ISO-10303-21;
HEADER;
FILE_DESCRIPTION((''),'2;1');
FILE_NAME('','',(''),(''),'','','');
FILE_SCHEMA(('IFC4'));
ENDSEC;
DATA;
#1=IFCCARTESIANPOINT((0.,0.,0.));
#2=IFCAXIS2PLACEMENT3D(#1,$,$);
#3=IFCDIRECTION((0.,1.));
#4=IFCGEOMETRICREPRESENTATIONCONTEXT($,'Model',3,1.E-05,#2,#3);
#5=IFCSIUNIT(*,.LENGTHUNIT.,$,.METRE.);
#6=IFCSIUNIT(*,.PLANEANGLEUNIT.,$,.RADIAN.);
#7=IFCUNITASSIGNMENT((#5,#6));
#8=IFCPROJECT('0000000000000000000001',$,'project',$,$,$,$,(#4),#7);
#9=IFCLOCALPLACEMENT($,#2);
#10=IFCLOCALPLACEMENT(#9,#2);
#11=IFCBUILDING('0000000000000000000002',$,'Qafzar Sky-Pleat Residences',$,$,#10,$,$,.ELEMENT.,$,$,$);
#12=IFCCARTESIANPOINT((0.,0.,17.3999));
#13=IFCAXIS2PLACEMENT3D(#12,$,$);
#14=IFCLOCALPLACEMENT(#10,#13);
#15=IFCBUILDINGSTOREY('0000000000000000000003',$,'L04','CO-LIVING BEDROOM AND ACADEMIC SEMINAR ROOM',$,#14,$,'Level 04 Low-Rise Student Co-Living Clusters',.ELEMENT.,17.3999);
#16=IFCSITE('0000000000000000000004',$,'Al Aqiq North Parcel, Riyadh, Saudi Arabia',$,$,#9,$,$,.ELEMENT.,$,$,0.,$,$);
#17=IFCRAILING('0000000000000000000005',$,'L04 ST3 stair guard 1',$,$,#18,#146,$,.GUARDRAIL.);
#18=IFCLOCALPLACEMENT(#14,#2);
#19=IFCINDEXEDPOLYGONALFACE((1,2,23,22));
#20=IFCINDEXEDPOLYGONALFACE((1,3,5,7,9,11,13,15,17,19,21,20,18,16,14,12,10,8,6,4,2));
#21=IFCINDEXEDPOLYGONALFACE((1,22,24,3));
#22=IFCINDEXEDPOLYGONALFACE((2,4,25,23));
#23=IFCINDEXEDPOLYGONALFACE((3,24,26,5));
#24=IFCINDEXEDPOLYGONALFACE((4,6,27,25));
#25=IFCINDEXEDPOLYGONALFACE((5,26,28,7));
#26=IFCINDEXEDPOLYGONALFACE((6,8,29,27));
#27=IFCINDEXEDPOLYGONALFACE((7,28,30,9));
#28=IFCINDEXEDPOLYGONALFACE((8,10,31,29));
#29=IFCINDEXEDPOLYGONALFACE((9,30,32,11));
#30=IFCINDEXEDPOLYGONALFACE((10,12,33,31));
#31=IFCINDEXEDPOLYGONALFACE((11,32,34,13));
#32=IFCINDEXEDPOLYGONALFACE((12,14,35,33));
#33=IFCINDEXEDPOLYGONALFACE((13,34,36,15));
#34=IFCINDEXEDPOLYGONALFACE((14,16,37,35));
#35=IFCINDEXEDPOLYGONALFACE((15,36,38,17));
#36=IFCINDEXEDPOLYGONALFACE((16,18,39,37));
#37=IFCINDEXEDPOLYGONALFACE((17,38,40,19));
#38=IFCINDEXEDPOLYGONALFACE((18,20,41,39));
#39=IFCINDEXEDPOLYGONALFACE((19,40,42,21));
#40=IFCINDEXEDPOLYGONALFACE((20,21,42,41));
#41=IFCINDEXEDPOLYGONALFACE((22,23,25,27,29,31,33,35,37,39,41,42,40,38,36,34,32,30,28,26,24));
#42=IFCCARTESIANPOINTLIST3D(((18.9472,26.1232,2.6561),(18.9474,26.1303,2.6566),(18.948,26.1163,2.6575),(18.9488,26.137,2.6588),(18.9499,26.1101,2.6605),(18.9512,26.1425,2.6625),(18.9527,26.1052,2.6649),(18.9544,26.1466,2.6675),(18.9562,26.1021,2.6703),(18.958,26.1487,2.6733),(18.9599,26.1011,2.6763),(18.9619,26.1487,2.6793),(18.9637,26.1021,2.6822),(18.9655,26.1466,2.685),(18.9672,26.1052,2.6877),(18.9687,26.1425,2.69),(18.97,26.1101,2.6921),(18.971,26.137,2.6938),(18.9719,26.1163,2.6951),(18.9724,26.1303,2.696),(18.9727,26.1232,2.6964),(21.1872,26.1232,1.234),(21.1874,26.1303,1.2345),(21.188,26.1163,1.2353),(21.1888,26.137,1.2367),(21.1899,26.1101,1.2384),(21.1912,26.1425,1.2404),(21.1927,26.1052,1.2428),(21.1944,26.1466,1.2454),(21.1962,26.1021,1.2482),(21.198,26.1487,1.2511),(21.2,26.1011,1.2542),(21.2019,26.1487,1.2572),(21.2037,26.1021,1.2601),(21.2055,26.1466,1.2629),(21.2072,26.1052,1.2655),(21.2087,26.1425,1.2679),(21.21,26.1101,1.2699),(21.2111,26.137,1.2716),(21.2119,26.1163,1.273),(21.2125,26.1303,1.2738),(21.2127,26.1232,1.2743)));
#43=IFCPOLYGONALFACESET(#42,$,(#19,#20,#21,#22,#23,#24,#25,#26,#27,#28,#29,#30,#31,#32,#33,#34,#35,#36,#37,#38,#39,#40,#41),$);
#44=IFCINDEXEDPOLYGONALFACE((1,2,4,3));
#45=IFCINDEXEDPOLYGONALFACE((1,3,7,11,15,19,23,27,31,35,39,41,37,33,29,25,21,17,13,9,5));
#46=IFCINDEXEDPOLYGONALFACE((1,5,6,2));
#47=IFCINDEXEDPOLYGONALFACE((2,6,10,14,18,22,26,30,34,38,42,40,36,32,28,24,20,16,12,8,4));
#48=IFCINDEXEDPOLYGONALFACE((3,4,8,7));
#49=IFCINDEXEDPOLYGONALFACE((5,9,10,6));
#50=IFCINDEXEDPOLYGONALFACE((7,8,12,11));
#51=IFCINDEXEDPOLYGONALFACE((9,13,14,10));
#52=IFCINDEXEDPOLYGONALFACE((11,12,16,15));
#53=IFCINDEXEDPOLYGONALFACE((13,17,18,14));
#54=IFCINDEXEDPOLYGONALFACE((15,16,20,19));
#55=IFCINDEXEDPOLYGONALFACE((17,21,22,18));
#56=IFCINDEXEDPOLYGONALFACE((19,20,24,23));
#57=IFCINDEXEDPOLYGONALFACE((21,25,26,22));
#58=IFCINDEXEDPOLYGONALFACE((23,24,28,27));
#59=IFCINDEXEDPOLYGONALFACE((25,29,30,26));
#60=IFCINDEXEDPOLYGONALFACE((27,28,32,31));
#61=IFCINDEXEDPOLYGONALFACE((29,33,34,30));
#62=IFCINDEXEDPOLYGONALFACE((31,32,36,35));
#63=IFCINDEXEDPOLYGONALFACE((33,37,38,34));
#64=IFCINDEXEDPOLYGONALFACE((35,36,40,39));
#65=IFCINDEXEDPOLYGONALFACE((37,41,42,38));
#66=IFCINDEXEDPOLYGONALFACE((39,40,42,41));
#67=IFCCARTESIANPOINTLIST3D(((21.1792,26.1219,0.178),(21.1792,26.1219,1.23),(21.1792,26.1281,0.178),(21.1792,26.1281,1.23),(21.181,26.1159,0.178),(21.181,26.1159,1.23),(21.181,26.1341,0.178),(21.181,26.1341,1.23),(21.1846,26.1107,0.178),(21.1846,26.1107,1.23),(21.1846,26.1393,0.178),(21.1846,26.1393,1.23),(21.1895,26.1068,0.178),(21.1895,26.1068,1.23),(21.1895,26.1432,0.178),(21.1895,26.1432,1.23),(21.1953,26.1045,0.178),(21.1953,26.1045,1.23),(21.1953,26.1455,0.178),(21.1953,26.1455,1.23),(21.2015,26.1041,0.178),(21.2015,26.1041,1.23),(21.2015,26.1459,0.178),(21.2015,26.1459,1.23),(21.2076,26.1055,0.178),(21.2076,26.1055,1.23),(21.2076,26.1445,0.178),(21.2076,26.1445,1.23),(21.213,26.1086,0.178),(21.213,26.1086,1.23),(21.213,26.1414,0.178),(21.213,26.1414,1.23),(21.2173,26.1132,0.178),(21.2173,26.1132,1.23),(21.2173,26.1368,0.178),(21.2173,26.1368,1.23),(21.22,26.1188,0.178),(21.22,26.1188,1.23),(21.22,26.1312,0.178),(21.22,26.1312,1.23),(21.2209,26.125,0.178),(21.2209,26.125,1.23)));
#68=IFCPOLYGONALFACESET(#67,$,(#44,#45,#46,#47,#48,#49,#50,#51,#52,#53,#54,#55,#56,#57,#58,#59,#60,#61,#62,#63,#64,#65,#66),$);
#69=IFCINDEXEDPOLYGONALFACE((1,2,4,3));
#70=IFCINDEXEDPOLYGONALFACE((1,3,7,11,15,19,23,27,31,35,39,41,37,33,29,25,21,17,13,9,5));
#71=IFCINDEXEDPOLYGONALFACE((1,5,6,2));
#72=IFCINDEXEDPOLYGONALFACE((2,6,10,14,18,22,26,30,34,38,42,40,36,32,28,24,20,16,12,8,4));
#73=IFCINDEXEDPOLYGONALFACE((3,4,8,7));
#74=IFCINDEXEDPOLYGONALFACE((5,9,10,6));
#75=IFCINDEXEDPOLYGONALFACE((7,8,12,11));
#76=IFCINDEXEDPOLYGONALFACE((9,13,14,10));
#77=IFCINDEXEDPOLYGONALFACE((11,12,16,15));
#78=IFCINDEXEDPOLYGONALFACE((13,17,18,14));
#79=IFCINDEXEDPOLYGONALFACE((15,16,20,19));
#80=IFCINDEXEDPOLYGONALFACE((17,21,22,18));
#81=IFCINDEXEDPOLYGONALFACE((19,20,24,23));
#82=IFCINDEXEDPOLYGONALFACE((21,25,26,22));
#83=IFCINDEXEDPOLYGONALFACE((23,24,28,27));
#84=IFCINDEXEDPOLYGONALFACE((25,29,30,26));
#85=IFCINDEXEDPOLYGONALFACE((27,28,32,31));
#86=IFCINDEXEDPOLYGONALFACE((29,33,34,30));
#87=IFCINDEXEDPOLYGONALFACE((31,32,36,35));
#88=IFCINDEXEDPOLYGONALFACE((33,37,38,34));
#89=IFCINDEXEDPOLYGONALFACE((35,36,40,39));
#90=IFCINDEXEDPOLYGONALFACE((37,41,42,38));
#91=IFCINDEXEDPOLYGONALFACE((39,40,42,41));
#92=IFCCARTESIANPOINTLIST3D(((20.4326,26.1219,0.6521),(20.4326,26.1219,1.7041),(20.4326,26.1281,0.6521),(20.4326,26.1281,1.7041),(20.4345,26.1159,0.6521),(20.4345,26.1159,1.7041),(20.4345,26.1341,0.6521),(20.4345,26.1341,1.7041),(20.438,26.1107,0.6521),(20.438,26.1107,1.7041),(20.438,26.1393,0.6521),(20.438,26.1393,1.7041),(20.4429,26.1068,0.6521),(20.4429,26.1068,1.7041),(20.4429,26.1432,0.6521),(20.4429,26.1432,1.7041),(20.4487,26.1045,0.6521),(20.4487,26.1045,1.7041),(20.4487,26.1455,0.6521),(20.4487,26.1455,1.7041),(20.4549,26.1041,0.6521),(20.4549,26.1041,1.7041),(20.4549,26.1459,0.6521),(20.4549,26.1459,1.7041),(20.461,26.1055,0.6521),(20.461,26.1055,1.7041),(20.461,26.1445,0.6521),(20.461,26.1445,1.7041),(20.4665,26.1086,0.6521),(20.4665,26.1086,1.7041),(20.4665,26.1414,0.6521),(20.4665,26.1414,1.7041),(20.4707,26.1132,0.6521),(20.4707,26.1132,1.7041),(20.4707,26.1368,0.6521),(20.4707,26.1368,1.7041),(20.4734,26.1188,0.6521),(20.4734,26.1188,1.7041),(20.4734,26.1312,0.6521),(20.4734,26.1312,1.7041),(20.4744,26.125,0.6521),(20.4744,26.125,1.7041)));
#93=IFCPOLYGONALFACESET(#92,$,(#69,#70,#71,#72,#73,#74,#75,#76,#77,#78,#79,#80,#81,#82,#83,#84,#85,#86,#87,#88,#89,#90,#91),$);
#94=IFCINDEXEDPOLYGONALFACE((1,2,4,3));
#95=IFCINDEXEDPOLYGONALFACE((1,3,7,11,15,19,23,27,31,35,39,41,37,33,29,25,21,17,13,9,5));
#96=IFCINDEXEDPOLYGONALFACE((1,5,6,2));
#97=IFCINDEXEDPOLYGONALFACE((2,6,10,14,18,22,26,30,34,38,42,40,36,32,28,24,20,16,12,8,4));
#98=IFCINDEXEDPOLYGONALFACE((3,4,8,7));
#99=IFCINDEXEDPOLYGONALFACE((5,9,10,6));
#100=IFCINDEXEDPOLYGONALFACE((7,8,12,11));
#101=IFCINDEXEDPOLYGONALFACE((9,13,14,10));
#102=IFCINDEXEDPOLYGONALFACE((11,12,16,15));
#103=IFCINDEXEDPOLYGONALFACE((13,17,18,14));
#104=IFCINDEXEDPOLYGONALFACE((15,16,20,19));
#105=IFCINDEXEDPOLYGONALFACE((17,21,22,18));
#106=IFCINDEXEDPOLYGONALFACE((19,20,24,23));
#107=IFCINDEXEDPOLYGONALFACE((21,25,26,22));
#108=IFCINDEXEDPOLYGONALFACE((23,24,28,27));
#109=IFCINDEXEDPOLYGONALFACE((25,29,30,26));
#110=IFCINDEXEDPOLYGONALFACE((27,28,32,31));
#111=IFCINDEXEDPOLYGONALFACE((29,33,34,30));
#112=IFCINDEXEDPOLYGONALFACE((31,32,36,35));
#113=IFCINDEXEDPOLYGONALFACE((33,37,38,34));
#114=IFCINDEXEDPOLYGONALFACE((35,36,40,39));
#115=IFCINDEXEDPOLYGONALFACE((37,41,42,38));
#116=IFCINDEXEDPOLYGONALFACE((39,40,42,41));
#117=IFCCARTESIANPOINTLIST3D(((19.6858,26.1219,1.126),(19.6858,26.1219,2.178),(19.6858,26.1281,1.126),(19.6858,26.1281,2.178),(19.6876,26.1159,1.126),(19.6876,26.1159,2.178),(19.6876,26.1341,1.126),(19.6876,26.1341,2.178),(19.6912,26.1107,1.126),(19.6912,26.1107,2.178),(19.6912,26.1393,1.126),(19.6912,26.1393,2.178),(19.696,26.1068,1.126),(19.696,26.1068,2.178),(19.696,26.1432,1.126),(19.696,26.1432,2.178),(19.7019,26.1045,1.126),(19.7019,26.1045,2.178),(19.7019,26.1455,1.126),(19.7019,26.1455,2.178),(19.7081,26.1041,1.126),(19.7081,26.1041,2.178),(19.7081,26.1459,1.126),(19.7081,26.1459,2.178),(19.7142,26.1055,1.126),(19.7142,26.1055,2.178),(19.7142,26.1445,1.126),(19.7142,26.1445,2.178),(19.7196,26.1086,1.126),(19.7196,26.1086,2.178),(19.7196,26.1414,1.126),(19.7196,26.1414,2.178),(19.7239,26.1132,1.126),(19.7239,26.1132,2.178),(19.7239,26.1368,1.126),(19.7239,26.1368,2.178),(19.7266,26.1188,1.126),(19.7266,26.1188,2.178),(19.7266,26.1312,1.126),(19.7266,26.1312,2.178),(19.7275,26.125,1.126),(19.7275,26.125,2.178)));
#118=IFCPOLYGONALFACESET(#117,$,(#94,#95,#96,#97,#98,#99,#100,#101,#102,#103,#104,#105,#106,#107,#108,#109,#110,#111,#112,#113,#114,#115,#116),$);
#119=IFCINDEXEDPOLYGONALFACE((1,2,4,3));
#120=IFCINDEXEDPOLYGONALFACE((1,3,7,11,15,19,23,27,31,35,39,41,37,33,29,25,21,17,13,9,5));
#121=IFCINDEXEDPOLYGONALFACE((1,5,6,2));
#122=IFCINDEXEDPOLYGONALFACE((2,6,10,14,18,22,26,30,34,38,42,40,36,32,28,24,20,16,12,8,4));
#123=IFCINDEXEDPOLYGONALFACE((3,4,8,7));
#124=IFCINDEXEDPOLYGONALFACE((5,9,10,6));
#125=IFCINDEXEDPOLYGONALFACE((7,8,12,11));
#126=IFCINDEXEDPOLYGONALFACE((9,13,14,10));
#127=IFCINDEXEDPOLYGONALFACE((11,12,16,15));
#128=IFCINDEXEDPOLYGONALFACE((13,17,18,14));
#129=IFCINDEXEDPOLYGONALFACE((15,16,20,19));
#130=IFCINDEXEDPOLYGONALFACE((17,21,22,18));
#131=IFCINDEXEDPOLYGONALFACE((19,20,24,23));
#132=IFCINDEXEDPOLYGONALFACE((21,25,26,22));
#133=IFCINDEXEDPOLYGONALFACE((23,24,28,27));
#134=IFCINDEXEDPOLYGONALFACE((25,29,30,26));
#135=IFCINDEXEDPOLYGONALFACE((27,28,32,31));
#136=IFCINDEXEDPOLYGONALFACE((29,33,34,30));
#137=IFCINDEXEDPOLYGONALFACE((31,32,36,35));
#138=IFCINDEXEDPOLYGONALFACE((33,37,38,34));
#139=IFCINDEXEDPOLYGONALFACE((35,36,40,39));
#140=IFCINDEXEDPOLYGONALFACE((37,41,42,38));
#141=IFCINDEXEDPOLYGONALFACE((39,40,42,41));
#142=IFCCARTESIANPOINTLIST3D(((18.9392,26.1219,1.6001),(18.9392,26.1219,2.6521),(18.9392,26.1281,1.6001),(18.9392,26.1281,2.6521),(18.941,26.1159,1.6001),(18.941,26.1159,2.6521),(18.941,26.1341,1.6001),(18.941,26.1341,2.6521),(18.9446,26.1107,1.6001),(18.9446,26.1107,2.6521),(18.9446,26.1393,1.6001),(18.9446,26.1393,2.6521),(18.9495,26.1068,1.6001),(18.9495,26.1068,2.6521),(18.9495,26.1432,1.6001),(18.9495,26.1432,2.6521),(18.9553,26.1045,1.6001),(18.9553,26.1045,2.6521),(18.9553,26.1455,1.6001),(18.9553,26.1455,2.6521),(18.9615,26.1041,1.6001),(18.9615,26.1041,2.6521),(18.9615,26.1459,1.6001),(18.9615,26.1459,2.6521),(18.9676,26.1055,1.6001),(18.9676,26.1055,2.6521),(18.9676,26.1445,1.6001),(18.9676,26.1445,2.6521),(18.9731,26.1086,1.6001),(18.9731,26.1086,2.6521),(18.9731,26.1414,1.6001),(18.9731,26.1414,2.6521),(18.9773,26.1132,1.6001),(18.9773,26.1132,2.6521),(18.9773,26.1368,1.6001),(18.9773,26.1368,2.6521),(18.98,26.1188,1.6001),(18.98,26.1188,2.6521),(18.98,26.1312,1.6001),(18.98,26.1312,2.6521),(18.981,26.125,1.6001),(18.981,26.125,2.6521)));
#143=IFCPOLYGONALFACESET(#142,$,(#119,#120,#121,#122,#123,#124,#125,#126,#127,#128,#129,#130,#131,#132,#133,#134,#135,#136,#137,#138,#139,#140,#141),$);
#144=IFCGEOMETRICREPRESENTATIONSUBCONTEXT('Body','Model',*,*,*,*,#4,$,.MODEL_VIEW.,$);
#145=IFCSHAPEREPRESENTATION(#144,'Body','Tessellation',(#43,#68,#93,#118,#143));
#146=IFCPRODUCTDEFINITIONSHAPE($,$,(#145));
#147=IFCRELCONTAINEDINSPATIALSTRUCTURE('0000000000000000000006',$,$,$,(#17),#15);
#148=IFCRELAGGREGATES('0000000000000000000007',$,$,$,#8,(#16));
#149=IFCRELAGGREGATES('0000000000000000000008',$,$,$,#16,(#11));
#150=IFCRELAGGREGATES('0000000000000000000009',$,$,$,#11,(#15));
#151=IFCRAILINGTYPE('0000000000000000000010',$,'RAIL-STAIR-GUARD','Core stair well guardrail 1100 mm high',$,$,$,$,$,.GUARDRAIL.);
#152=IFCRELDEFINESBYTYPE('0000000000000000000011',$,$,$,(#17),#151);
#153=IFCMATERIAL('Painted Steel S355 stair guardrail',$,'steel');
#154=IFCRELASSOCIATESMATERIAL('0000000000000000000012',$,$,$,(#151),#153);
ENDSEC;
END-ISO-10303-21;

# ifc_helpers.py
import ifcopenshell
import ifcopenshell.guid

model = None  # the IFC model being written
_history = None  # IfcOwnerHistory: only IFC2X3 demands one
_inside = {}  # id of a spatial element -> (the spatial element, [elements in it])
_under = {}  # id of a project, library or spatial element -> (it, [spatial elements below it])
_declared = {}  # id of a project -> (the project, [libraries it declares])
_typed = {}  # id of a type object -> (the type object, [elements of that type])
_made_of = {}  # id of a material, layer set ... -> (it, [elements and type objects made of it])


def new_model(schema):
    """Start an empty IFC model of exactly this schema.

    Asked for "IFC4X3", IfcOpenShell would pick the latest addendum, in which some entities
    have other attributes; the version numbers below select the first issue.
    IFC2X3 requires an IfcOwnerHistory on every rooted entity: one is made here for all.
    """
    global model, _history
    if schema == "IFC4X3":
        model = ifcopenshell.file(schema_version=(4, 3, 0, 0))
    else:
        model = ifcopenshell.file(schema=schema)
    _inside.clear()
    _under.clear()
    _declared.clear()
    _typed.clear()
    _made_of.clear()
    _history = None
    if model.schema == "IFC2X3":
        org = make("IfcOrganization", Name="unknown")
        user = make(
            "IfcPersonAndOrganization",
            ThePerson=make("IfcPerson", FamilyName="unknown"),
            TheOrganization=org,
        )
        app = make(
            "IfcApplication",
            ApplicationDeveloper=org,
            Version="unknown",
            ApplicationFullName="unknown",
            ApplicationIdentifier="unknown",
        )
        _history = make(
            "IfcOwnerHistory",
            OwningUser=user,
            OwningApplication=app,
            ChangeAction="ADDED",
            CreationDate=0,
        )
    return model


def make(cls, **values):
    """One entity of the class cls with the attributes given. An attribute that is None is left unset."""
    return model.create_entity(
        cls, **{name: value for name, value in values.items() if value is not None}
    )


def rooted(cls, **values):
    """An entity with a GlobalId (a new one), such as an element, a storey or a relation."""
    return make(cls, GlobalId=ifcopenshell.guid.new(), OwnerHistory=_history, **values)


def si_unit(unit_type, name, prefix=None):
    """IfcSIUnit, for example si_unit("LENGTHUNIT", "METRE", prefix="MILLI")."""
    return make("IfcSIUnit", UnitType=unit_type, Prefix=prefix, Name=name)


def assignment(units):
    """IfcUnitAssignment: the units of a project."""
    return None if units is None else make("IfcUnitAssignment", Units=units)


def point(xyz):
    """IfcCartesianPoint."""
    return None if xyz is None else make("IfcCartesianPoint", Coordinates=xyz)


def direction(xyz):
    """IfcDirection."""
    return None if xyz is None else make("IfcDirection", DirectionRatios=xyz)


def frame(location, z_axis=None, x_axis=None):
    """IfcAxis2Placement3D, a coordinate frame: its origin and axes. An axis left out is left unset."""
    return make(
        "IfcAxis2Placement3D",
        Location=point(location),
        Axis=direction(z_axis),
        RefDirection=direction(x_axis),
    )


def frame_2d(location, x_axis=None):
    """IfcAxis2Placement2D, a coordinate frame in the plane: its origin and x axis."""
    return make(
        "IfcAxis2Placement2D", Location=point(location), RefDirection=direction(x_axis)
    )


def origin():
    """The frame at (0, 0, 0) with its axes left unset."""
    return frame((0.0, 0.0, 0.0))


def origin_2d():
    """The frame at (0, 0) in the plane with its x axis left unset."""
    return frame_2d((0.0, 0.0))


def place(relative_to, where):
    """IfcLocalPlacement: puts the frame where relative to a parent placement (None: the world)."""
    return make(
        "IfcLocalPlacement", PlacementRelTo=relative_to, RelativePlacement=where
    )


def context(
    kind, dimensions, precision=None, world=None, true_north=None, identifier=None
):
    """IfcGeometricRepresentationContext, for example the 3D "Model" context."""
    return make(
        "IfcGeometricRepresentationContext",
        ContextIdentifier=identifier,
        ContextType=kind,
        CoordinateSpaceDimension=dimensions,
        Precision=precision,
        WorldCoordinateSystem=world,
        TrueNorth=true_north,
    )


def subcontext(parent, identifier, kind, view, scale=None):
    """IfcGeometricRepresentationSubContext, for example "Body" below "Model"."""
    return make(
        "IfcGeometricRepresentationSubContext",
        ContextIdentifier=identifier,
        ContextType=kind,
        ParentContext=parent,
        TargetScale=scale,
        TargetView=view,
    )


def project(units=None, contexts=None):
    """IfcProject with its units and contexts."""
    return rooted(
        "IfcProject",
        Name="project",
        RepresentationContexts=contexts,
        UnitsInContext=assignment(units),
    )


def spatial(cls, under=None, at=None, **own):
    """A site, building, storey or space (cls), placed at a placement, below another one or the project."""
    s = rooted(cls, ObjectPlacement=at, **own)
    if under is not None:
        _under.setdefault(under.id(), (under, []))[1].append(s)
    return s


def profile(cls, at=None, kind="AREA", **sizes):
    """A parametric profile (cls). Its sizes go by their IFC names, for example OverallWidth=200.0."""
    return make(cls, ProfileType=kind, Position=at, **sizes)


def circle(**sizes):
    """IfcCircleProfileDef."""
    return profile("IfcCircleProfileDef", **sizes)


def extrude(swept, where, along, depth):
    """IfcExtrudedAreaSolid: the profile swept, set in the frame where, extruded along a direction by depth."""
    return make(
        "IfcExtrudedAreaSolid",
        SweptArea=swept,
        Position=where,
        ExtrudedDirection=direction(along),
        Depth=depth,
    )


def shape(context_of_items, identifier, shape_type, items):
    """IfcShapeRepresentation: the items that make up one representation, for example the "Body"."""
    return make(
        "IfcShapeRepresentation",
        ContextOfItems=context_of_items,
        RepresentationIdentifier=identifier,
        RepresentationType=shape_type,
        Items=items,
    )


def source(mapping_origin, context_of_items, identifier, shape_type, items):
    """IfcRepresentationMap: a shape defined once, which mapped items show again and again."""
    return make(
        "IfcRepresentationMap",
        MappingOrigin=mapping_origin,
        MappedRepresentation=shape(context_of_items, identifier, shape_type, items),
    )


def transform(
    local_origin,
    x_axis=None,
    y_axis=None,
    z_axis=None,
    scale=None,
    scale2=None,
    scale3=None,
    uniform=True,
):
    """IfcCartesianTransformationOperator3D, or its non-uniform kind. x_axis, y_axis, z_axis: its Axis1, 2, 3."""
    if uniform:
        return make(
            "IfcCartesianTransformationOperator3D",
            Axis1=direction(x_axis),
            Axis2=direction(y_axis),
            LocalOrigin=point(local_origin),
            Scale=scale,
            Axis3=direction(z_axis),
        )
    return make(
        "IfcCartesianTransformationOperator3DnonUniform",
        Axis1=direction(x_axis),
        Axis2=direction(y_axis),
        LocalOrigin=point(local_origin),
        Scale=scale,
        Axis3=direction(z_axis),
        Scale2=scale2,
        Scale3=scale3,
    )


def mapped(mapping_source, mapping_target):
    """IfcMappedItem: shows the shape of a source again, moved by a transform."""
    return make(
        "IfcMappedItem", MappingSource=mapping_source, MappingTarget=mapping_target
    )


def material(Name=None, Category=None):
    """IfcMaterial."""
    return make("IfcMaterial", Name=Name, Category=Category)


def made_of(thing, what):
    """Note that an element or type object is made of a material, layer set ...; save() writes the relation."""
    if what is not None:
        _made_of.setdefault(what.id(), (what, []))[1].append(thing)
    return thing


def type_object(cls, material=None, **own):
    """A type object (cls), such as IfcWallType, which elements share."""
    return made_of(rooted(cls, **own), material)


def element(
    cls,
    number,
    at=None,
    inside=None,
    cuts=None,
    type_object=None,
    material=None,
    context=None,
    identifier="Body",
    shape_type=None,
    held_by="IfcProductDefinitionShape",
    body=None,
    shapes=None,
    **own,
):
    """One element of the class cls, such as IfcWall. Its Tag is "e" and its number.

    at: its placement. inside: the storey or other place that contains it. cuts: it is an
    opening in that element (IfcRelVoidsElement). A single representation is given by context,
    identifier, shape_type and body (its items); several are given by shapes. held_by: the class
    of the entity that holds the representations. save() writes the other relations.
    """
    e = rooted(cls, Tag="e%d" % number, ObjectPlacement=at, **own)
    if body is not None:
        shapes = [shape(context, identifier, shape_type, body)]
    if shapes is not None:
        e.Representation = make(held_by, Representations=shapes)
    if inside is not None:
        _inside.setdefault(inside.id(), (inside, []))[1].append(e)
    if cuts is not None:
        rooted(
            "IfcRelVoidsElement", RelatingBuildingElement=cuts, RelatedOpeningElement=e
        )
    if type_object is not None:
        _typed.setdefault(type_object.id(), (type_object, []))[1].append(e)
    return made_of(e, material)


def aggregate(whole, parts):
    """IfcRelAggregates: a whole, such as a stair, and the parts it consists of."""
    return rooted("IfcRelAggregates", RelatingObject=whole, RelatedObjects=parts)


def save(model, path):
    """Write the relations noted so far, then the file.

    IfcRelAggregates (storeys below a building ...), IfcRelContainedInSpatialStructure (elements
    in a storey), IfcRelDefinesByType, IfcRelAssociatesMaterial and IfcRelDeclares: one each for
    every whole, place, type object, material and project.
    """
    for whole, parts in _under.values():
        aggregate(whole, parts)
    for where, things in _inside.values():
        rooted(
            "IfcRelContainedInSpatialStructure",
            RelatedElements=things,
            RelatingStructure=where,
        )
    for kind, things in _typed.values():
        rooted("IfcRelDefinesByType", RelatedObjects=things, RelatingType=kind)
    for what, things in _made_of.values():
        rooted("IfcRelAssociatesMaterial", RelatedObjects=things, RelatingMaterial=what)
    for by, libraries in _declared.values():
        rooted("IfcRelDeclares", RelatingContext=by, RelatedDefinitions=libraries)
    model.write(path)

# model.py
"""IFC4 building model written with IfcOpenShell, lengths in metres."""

from ifc_helpers import new_model, si_unit, direction, frame, origin, origin_2d, place, context, subcontext, project, spatial, circle, extrude, source, transform, mapped, material, type_object, element, save


model = new_model("IFC4")

# Units and contexts
model_context = context("Model", 3, precision=1e-05, world=origin(), true_north=direction((0.0, 1.0)))
body_context = subcontext(model_context, "Body", "Model", "MODEL_VIEW")
ifc_project = project(units=[si_unit("LENGTHUNIT", "METRE"), si_unit("PLANEANGLEUNIT", "RADIAN")], contexts=[model_context])

# Site, building, storey
site_placement = place(None, origin())
site = spatial("IfcSite", under=ifc_project, at=site_placement, Name="Al Aqiq North Parcel, Riyadh, Saudi Arabia", CompositionType="ELEMENT", RefElevation=0.0)
building_placement = place(site_placement, origin())
building = spatial("IfcBuilding", under=site, at=building_placement, Name="Qafzar Sky-Pleat Residences", CompositionType="ELEMENT")
storey_placement = place(building_placement, frame((0.0, 0.0, 17.3999)))
storey = spatial("IfcBuildingStorey", under=building, at=storey_placement, Name="L04", Description="CO-LIVING BEDROOM AND ACADEMIC SEMINAR ROOM", LongName="Level 04 Low-Rise Student Co-Living Clusters", CompositionType="ELEMENT", Elevation=17.3999)

# Railing
ifc_material_1 = material(Name="Painted Steel S355 stair guardrail", Category="steel")
railing_type_1 = type_object("IfcRailingType", Name="RAIL-STAIR-GUARD", Description="Core stair well guardrail 1100 mm high", PredefinedType="GUARDRAIL", material=ifc_material_1)
shared_shape_1 = source(origin(), body_context, "Body", "SweptSolid", [
    extrude(circle(Radius=0.0239, at=origin_2d()), frame((0.0, 0.0, 1.0762), z_axis=(-0.844229, 0.0, 0.535982), x_axis=(0.0, -1.0, 0.0)), (0.0, 0.0, 1.0), 2.6533),
    extrude(circle(Radius=0.021, at=origin_2d()), origin(), (0.0, 0.0, 1.0), 1.052),
    extrude(circle(Radius=0.021, at=origin_2d()), frame((-0.7466, 0.0, 0.4741)), (0.0, 0.0, 1.0), 1.052),
    extrude(circle(Radius=0.021, at=origin_2d()), frame((-1.4934, 0.0, 0.948)), (0.0, 0.0, 1.0), 1.052),
    extrude(circle(Radius=0.021, at=origin_2d()), frame((-2.24, 0.0, 1.4221)), (0.0, 0.0, 1.0), 1.052),
])
railing_1_placement = place(storey_placement, frame((21.2, 26.125, 0.178)))
element("IfcRailing", 1, at=railing_1_placement, inside=storey, type_object=railing_type_1, Name="L04 ST3 stair guard 1", PredefinedType="GUARDRAIL", context=body_context, shape_type="MappedRepresentation", body=[
    mapped(shared_shape_1, transform((0.0, 0.0, 0.0), x_axis=(1.0, 0.0, 0.0), y_axis=(0.0, 1.0, 0.0), z_axis=(0.0, 0.0, 1.0), scale=1.0)),
])

save(model, "model.ifc")
